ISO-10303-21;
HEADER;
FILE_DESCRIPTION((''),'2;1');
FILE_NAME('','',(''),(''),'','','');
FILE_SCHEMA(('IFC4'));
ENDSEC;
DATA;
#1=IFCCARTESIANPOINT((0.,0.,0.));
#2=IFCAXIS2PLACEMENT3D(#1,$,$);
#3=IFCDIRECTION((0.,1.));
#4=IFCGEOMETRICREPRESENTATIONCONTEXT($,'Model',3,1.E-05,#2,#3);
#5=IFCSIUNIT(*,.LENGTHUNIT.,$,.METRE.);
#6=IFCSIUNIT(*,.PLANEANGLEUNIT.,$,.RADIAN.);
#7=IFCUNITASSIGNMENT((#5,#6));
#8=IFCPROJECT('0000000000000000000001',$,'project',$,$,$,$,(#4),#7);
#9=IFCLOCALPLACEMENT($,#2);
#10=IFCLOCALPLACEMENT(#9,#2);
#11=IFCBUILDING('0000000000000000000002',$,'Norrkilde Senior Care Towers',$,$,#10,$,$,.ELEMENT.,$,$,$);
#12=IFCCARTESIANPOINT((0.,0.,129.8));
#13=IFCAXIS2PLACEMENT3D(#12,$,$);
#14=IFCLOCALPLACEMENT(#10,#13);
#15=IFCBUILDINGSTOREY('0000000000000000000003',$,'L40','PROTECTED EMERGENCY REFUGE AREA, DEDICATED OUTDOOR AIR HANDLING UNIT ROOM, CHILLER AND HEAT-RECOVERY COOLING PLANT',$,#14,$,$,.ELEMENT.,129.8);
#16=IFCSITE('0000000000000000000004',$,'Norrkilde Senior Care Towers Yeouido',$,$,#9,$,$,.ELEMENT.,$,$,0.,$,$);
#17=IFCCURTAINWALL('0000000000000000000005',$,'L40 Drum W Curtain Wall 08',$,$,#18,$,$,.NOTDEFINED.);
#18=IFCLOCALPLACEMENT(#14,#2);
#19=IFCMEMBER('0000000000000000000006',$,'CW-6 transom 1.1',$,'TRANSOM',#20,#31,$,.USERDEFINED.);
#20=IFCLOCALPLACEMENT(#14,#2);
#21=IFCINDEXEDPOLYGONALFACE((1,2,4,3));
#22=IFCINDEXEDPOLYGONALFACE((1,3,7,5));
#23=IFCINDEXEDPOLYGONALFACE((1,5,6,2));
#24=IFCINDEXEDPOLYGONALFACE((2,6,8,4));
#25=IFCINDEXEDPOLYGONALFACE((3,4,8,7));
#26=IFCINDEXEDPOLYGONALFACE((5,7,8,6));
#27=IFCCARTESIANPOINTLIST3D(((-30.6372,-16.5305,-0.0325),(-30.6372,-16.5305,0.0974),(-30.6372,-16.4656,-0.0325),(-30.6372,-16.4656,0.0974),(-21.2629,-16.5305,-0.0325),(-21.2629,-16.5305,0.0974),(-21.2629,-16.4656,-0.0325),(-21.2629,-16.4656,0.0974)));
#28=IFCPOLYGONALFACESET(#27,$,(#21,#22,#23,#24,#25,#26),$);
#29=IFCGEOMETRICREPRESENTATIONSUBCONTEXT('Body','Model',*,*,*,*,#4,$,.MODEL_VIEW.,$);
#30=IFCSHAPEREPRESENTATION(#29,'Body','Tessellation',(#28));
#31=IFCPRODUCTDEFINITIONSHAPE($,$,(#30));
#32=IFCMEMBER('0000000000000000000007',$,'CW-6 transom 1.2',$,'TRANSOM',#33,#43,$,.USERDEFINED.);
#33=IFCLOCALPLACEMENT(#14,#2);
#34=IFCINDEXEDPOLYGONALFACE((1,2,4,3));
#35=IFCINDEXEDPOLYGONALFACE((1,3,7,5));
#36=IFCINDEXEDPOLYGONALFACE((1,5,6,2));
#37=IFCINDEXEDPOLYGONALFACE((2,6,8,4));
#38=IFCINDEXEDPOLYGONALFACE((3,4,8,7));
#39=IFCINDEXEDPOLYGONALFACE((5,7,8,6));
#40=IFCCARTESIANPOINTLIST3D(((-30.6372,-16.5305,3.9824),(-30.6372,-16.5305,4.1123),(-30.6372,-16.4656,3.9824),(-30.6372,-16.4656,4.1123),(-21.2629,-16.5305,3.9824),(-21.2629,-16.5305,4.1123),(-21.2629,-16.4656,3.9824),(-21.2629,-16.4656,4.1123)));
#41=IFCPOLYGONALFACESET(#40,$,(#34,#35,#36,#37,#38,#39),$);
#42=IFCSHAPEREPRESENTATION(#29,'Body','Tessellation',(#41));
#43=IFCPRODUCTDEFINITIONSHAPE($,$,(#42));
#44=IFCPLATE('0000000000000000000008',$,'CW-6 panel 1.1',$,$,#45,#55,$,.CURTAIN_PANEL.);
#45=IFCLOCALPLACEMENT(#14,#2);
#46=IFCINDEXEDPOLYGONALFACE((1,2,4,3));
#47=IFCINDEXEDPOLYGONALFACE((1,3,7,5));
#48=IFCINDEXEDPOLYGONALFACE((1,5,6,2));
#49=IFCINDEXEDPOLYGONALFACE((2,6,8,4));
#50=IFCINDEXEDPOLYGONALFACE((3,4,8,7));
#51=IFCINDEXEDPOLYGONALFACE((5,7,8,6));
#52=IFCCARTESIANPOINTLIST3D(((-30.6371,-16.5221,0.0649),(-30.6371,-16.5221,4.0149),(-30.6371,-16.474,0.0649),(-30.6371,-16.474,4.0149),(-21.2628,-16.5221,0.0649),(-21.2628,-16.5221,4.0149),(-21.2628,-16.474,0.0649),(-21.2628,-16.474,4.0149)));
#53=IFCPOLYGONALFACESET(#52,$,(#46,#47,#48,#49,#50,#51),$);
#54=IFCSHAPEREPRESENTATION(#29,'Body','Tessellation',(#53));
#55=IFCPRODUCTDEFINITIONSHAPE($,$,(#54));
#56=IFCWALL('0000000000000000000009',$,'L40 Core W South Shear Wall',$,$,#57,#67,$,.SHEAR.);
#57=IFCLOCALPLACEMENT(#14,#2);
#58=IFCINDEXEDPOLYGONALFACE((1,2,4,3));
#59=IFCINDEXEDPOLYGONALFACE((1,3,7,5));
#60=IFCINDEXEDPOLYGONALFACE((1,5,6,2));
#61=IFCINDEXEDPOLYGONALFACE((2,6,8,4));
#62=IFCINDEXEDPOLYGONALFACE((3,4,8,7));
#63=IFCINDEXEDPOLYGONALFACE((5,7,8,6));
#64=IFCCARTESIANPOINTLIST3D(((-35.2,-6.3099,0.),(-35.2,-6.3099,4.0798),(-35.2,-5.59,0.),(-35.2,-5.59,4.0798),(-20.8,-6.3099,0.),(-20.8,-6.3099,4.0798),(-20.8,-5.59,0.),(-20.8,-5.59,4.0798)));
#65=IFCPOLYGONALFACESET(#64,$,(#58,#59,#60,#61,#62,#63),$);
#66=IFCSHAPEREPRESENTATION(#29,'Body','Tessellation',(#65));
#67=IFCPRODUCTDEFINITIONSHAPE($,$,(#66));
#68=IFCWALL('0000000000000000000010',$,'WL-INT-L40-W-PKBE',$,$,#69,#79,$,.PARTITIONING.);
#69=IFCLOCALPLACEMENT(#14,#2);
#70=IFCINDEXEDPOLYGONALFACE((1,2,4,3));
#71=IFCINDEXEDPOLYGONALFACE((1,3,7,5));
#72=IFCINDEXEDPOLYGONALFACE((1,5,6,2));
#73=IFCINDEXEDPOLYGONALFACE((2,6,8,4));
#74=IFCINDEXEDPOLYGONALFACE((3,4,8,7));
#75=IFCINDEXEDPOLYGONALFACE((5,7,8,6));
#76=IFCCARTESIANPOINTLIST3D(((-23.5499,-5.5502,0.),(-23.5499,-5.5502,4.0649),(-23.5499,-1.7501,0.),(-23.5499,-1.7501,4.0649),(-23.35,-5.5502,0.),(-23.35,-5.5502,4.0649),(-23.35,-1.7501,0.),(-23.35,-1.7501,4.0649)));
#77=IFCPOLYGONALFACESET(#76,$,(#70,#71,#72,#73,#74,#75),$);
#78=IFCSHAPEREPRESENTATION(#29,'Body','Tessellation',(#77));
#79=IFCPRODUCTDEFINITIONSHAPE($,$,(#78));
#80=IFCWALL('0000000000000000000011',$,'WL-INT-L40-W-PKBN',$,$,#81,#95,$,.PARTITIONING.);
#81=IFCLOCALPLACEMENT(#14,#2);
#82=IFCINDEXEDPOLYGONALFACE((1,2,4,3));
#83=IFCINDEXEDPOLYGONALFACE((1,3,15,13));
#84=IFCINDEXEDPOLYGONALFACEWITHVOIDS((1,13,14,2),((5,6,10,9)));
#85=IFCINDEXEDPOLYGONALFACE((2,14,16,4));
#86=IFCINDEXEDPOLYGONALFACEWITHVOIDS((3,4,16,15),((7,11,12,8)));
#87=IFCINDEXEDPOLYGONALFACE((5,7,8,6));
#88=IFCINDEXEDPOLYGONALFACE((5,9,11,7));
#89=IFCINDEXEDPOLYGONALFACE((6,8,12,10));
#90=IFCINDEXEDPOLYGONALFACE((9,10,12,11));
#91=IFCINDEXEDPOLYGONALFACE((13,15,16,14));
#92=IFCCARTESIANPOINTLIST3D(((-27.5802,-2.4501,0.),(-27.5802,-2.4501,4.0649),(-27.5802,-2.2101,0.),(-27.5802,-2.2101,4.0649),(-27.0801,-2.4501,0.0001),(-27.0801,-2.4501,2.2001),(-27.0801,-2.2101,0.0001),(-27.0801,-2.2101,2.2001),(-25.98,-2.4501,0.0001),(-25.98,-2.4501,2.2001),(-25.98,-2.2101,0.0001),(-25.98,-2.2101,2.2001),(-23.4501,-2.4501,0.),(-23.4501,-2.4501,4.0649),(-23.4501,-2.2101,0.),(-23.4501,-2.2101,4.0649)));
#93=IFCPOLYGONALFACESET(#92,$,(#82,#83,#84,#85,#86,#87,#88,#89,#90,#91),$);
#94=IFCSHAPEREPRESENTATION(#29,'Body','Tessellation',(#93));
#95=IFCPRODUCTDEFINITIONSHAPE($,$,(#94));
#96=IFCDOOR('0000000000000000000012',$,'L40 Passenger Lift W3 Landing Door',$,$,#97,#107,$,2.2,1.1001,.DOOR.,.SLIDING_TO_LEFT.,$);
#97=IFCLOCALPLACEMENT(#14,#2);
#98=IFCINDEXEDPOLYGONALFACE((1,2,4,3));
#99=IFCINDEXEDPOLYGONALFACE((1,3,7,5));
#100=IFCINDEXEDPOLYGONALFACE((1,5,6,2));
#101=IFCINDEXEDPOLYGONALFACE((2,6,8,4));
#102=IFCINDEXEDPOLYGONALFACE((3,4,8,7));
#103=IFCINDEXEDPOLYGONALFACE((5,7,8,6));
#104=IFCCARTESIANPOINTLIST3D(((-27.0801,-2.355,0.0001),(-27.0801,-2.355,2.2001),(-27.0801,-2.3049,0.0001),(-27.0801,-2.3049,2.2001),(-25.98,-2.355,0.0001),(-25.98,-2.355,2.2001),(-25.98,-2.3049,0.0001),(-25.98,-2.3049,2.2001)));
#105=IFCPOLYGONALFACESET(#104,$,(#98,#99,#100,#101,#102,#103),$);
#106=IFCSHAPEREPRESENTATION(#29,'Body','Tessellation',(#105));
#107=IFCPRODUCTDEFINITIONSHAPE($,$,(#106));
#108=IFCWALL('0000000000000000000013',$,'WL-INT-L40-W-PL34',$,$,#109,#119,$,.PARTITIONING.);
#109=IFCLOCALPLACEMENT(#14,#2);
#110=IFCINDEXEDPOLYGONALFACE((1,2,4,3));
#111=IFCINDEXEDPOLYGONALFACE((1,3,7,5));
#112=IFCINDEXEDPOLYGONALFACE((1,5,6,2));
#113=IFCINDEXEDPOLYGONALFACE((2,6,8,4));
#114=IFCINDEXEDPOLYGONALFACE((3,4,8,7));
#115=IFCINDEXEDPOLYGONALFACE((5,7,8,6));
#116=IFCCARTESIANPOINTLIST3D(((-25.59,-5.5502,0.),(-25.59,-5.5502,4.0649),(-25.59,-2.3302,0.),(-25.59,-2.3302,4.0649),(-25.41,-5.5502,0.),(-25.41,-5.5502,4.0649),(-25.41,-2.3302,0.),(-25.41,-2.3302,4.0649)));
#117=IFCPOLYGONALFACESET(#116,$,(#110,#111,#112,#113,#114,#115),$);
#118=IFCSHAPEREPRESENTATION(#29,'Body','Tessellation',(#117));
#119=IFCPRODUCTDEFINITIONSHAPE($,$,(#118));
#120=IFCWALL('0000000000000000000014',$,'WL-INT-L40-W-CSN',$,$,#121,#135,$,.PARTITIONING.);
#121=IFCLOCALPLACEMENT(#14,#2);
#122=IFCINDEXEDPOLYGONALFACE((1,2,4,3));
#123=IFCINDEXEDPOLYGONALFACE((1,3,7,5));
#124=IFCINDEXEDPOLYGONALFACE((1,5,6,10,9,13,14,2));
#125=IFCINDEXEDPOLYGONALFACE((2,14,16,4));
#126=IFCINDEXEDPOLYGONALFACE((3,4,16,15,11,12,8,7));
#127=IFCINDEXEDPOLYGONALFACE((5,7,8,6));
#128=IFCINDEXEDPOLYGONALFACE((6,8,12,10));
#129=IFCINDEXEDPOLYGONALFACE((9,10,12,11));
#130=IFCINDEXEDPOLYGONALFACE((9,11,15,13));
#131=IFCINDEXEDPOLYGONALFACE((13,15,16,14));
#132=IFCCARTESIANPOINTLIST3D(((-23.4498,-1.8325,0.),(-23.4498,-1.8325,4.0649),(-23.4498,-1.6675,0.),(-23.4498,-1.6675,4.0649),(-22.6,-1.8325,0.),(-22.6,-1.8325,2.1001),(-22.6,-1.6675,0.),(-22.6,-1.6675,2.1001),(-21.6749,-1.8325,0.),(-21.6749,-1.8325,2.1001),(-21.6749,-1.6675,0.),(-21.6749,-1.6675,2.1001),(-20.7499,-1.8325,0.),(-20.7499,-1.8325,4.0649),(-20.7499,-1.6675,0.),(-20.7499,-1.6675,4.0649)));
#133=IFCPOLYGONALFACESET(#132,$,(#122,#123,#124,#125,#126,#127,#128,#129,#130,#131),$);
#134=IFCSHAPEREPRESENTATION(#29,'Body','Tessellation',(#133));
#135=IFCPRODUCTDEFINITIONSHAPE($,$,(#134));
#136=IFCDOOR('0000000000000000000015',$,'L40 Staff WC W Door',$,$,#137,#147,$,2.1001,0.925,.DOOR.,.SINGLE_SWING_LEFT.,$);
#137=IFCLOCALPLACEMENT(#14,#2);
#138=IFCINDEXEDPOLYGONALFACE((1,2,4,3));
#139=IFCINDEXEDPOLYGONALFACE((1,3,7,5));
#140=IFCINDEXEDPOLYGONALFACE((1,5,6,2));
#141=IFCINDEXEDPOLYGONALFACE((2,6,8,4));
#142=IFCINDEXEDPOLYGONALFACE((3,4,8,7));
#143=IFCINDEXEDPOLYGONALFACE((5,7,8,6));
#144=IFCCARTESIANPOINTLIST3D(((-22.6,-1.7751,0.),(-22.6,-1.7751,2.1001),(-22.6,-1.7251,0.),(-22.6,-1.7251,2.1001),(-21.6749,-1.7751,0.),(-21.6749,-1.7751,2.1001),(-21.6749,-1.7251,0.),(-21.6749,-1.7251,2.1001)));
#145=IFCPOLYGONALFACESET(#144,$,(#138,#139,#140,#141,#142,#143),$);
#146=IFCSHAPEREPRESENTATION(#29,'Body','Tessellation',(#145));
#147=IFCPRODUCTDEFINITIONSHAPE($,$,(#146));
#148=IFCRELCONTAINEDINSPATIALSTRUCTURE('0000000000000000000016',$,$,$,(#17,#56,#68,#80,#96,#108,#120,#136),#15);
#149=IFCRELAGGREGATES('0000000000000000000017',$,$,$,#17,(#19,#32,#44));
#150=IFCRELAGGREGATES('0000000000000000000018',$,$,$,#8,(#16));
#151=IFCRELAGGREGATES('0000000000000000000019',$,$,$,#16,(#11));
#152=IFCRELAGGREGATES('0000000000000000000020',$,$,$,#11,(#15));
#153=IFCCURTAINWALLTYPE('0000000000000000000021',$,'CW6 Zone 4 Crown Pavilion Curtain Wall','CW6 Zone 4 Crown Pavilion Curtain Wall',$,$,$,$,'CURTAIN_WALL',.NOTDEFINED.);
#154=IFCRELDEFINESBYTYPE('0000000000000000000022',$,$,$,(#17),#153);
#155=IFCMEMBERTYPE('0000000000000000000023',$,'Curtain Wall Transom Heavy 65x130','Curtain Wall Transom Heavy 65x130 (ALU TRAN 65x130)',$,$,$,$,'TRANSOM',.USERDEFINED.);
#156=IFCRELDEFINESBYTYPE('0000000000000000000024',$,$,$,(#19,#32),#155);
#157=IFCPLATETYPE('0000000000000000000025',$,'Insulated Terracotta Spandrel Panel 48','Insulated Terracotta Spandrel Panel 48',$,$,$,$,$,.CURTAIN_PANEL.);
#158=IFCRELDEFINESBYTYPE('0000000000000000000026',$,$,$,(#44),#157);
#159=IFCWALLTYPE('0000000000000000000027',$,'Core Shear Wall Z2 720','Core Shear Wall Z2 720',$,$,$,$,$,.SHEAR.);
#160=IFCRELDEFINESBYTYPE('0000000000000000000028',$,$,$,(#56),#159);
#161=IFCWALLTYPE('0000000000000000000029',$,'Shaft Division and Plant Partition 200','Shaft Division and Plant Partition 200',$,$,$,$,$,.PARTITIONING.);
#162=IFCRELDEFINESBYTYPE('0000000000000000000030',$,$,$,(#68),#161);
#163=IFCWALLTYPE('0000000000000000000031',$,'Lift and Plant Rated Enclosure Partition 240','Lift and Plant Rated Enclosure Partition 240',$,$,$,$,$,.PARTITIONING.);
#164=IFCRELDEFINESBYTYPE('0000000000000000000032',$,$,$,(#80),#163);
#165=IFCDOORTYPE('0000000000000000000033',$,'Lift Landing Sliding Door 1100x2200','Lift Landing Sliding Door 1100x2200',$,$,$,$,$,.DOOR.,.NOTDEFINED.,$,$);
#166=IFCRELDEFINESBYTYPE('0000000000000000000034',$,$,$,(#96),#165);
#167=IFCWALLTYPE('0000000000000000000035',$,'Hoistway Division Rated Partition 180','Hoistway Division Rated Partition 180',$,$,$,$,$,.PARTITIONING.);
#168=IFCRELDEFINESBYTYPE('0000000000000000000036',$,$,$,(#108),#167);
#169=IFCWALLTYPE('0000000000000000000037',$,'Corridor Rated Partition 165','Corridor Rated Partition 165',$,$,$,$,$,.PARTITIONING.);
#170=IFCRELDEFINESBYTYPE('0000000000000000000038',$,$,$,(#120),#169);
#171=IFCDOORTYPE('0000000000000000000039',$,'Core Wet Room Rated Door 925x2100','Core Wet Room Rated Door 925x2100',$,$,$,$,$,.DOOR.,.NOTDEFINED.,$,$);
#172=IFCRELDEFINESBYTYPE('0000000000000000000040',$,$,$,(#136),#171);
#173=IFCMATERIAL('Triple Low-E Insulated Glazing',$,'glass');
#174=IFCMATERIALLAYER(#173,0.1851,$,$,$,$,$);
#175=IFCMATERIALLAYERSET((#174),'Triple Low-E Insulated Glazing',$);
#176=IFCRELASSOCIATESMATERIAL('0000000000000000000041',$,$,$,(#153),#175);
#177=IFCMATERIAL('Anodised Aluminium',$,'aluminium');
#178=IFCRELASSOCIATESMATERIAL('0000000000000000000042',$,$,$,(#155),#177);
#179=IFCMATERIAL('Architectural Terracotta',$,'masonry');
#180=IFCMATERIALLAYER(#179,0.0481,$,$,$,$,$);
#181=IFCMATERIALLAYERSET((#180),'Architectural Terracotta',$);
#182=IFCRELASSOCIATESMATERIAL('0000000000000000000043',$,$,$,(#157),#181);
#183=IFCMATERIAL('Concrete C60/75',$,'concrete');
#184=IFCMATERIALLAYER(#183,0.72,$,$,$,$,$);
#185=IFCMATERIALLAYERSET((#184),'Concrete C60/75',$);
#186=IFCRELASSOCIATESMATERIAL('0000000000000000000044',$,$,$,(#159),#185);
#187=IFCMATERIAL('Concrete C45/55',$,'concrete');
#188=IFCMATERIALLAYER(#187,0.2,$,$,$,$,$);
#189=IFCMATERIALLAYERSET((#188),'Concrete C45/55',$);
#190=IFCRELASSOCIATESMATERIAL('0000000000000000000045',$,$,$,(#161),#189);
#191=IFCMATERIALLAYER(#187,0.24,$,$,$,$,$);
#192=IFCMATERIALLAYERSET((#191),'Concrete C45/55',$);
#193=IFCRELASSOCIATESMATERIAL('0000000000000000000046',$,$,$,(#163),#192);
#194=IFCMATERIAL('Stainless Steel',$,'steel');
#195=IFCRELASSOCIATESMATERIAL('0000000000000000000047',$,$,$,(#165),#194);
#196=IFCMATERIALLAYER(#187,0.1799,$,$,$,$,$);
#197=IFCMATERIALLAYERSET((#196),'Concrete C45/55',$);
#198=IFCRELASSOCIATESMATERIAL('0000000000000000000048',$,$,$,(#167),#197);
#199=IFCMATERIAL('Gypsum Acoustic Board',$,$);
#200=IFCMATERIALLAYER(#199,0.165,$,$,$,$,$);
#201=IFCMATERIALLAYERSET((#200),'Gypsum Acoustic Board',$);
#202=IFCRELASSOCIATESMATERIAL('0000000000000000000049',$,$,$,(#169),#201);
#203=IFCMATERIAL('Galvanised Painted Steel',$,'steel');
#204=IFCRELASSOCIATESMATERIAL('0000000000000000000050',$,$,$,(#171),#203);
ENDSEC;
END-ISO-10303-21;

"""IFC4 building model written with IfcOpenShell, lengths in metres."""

from ifc_helpers import new_model, si_unit, direction, frame, frame_2d, origin, origin_2d, place, context, subcontext, project, spatial, rectangle, extrude, source, transform, mapped, material, layer, layer_set, material_profile, profile_set, type_object, type_shapes, element, fill, aggregate, save


model = new_model("IFC4")

# Units and contexts
model_context = context("Model", 3, precision=1e-05, world=origin(), true_north=direction((0.0, 1.0)))
body_context = subcontext(model_context, "Body", "Model", "MODEL_VIEW")
ifc_project = project(units=[si_unit("LENGTHUNIT", "METRE"), si_unit("PLANEANGLEUNIT", "RADIAN")], contexts=[model_context])

# Site, building, storey
site_placement = place(None, origin())
site = spatial("IfcSite", under=ifc_project, at=site_placement, Name="Norrkilde Senior Care Towers Yeouido", CompositionType="ELEMENT", RefElevation=0.0)
building_placement = place(site_placement, origin())
building = spatial("IfcBuilding", under=site, at=building_placement, Name="Norrkilde Senior Care Towers", CompositionType="ELEMENT")
storey_placement = place(building_placement, frame((0.0, 0.0, 129.8)))
storey = spatial("IfcBuildingStorey", under=building, at=storey_placement, Name="L40", Description="PROTECTED EMERGENCY REFUGE AREA, DEDICATED OUTDOOR AIR HANDLING UNIT ROOM, CHILLER AND HEAT-RECOVERY COOLING PLANT", CompositionType="ELEMENT", Elevation=129.8)

# Shared definitions
ifc_material_1 = material(Name="Concrete C60/75", Category="concrete")

# Curtain wall
ifc_material_2 = material(Name="Triple Low-E Insulated Glazing", Category="glass")
ifc_layer_1 = layer(ifc_material_2, 0.1851)
ifc_layer_set_1 = layer_set([ifc_layer_1], Name="Triple Low-E Insulated Glazing")
curtain_wall_type = type_object("IfcCurtainWallType", Name="CW6 Zone 4 Crown Pavilion Curtain Wall", Description="CW6 Zone 4 Crown Pavilion Curtain Wall", ElementType="CURTAIN_WALL", PredefinedType="NOTDEFINED", material=ifc_layer_set_1)
curtain_wall_1_placement = place(storey_placement, origin())
curtain_wall_1 = element("IfcCurtainWall", 1, at=curtain_wall_1_placement, inside=storey, type_object=curtain_wall_type, Name="L40 Drum W Curtain Wall 08", PredefinedType="NOTDEFINED")
ifc_material_3 = material(Name="Anodised Aluminium", Category="aluminium")

# Members
ifc_material_profile_1 = material_profile(ifc_material_3, rectangle(XDim=0.0649, YDim=0.1299, at=origin_2d()), Name="ALU TRAN 65x130")
ifc_profile_set_1 = profile_set([ifc_material_profile_1], Name="Anodised Aluminium")
member_type_1 = type_object("IfcMemberType", Name="Curtain Wall Transom Heavy 65x130", Description="Curtain Wall Transom Heavy 65x130 (ALU TRAN 65x130)", ElementType="TRANSOM", PredefinedType="USERDEFINED", material=ifc_profile_set_1)
shared_shape_1 = source(origin(), body_context, "Body", "SweptSolid", [
    extrude(rectangle(XDim=0.0649, YDim=0.1299, at=origin_2d()), origin(), (0.0, 0.0, 1.0), 9.3743),
])
type_shapes(member_type_1, [shared_shape_1])
member_1_placement = place(storey_placement, frame((-21.2629, -16.498, 0.0325), z_axis=(-1.0, 0.0, 0.0), x_axis=(0.0, -1.0, 0.0)))
member_1 = element("IfcMember", 2, at=member_1_placement, type_object=member_type_1, Name="CW-6 transom 1.1", ObjectType="TRANSOM", PredefinedType="USERDEFINED", context=body_context, shape_type="MappedRepresentation", body=[
    mapped(shared_shape_1, transform((0.0, 0.0, 0.0), x_axis=(1.0, 0.0, 0.0), y_axis=(0.0, 1.0, 0.0), z_axis=(0.0, 0.0, 1.0), scale=1.0)),
])
member_2_placement = place(storey_placement, frame((-21.2629, -16.498, 4.0474), z_axis=(-1.0, 0.0, 0.0), x_axis=(0.0, -1.0, 0.0)))
member_2 = element("IfcMember", 3, at=member_2_placement, type_object=member_type_1, Name="CW-6 transom 1.2", ObjectType="TRANSOM", PredefinedType="USERDEFINED", context=body_context, shape_type="MappedRepresentation", body=[
    mapped(shared_shape_1, transform((0.0, 0.0, 0.0), x_axis=(1.0, 0.0, 0.0), y_axis=(0.0, 1.0, 0.0), z_axis=(0.0, 0.0, 1.0), scale=1.0)),
])

# Plate
ifc_material_4 = material(Name="Architectural Terracotta", Category="masonry")
ifc_layer_2 = layer(ifc_material_4, 0.0481)
ifc_layer_set_2 = layer_set([ifc_layer_2], Name="Architectural Terracotta")
plate_type = type_object("IfcPlateType", Name="Insulated Terracotta Spandrel Panel 48", Description="Insulated Terracotta Spandrel Panel 48", PredefinedType="CURTAIN_PANEL", material=ifc_layer_set_2)
shared_shape_2 = source(origin(), body_context, "Body", "SweptSolid", [
    extrude(rectangle(XDim=9.3743, YDim=0.0481, at=origin_2d()), origin(), (0.0, 0.0, 1.0), 3.95),
])
type_shapes(plate_type, [shared_shape_2])
plate_placement = place(storey_placement, frame((-25.95, -16.498, 0.0649), z_axis=(0.0, 0.0, 1.0), x_axis=(-1.0, 0.0, 0.0)))
plate = element("IfcPlate", 4, at=plate_placement, type_object=plate_type, Name="CW-6 panel 1.1", PredefinedType="CURTAIN_PANEL", context=body_context, shape_type="MappedRepresentation", body=[
    mapped(shared_shape_2, transform((0.0, 0.0, 0.0), x_axis=(1.0, 0.0, 0.0), y_axis=(0.0, 1.0, 0.0), z_axis=(0.0, 0.0, 1.0), scale=1.0)),
])
aggregate(curtain_wall_1, [member_1, member_2, plate])

# Walls
ifc_layer_3 = layer(ifc_material_1, 0.72)
ifc_layer_set_3 = layer_set([ifc_layer_3], Name="Concrete C60/75")
wall_type_1 = type_object("IfcWallType", Name="Core Shear Wall Z2 720", Description="Core Shear Wall Z2 720", PredefinedType="SHEAR", material=ifc_layer_set_3)
shared_shape_3 = source(origin(), body_context, "Body", "SweptSolid", [
    extrude(rectangle(XDim=14.3999, YDim=0.72, at=frame_2d((7.2, 0.0))), origin(), (0.0, 0.0, 1.0), 4.0798),
])
type_shapes(wall_type_1, [shared_shape_3])
wall_1_placement = place(storey_placement, frame((-20.8, -5.95, 0.0), z_axis=(0.0, 0.0, 1.0), x_axis=(-1.0, 0.0, 0.0)))
element("IfcWall", 5, at=wall_1_placement, inside=storey, type_object=wall_type_1, Name="L40 Core W South Shear Wall", PredefinedType="SHEAR", context=body_context, shape_type="MappedRepresentation", body=[
    mapped(shared_shape_3, transform((0.0, 0.0, 0.0), x_axis=(1.0, 0.0, 0.0), y_axis=(0.0, 1.0, 0.0), z_axis=(0.0, 0.0, 1.0), scale=1.0)),
])
ifc_material_5 = material(Name="Concrete C45/55", Category="concrete")
ifc_layer_4 = layer(ifc_material_5, 0.2)
ifc_layer_set_4 = layer_set([ifc_layer_4], Name="Concrete C45/55")
wall_type_2 = type_object("IfcWallType", Name="Shaft Division and Plant Partition 200", Description="Shaft Division and Plant Partition 200", PredefinedType="PARTITIONING", material=ifc_layer_set_4)
shared_shape_4 = source(origin(), body_context, "Body", "SweptSolid", [
    extrude(rectangle(XDim=3.8, YDim=0.2, at=frame_2d((1.8999, 0.0))), origin(), (0.0, 0.0, 1.0), 4.0649),
])
wall_2_placement = place(storey_placement, frame((-23.45, -5.55, 0.0), z_axis=(0.0, 0.0, 1.0), x_axis=(0.0, 1.0, 0.0)))
element("IfcWall", 6, at=wall_2_placement, inside=storey, type_object=wall_type_2, Name="WL-INT-L40-W-PKBE", PredefinedType="PARTITIONING", context=body_context, shape_type="MappedRepresentation", body=[
    mapped(shared_shape_4, transform((0.0, 0.0, 0.0), x_axis=(1.0, 0.0, 0.0), y_axis=(0.0, 1.0, 0.0), z_axis=(0.0, 0.0, 1.0), scale=1.0)),
])

# Wall, opening, door
ifc_layer_5 = layer(ifc_material_5, 0.24)
ifc_layer_set_5 = layer_set([ifc_layer_5], Name="Concrete C45/55")
wall_type_3 = type_object("IfcWallType", Name="Lift and Plant Rated Enclosure Partition 240", Description="Lift and Plant Rated Enclosure Partition 240", PredefinedType="PARTITIONING", material=ifc_layer_set_5)
shared_shape_5 = source(origin(), body_context, "Body", "SweptSolid", [
    extrude(rectangle(XDim=4.1301, YDim=0.24, at=frame_2d((2.0649, 0.0))), origin(), (0.0, 0.0, 1.0), 4.0649),
])
type_shapes(wall_type_3, [shared_shape_5])
wall_3_placement = place(storey_placement, frame((-27.5801, -2.3301, 0.0), z_axis=(0.0, 0.0, 1.0), x_axis=(1.0, 0.0, 0.0)))
wall_3 = element("IfcWall", 7, at=wall_3_placement, inside=storey, type_object=wall_type_3, Name="WL-INT-L40-W-PKBN", PredefinedType="PARTITIONING", context=body_context, shape_type="MappedRepresentation", body=[
    mapped(shared_shape_5, transform((0.0, 0.0, 0.0), x_axis=(1.0, 0.0, 0.0), y_axis=(0.0, 1.0, 0.0), z_axis=(0.0, 0.0, 1.0), scale=1.0)),
])
opening_1_placement = place(wall_3_placement, frame((0.5, 0.0, 0.0)))
opening_1 = element("IfcOpeningElement", 8, at=opening_1_placement, cuts=wall_3, PredefinedType="OPENING", context=body_context, shape_type="SweptSolid", body=[
    extrude(rectangle(XDim=1.1001, YDim=2.2, at=frame_2d((0.55, 1.1001))), frame((0.0, 0.1299, 0.0), z_axis=(0.0, -1.0, 0.0), x_axis=(1.0, 0.0, 0.0)), (0.0, 0.0, 1.0), 0.26),
])
ifc_material_6 = material(Name="Stainless Steel", Category="steel")
door_type_1 = type_object("IfcDoorType", Name="Lift Landing Sliding Door 1100x2200", Description="Lift Landing Sliding Door 1100x2200", OperationType="NOTDEFINED", PredefinedType="DOOR", material=ifc_material_6)
shared_shape_6 = source(origin(), body_context, "Body", "SweptSolid", [
    extrude(rectangle(XDim=1.1001, YDim=2.2, at=frame_2d((0.55, 1.1001))), frame((0.0, 0.0249, 0.0), z_axis=(0.0, -1.0, 0.0), x_axis=(1.0, 0.0, 0.0)), (0.0, 0.0, 1.0), 0.05),
])
type_shapes(door_type_1, [shared_shape_6])
door_1_placement = place(opening_1_placement, frame((1.1001, 0.0, 0.0), z_axis=(0.0, 0.0, 1.0), x_axis=(-1.0, 0.0, 0.0)))
door_1 = element("IfcDoor", 9, at=door_1_placement, inside=storey, type_object=door_type_1, Name="L40 Passenger Lift W3 Landing Door", OperationType="SLIDING_TO_LEFT", OverallHeight=2.2, OverallWidth=1.1001, PredefinedType="DOOR", context=body_context, shape_type="MappedRepresentation", body=[
    mapped(shared_shape_6, transform((0.0, 0.0, 0.0), x_axis=(1.0, 0.0, 0.0), y_axis=(0.0, 1.0, 0.0), z_axis=(0.0, 0.0, 1.0), scale=1.0)),
])
fill(opening_1, door_1)

# Wall
ifc_layer_6 = layer(ifc_material_5, 0.1799)
ifc_layer_set_6 = layer_set([ifc_layer_6], Name="Concrete C45/55")
wall_type_4 = type_object("IfcWallType", Name="Hoistway Division Rated Partition 180", Description="Hoistway Division Rated Partition 180", PredefinedType="PARTITIONING", material=ifc_layer_set_6)
shared_shape_7 = source(origin(), body_context, "Body", "SweptSolid", [
    extrude(rectangle(XDim=3.22, YDim=0.1799, at=frame_2d((1.6099, 0.0))), origin(), (0.0, 0.0, 1.0), 4.0649),
])
type_shapes(wall_type_4, [shared_shape_7])
wall_4_placement = place(storey_placement, frame((-25.5, -5.55, 0.0), z_axis=(0.0, 0.0, 1.0), x_axis=(0.0, 1.0, 0.0)))
element("IfcWall", 10, at=wall_4_placement, inside=storey, type_object=wall_type_4, Name="WL-INT-L40-W-PL34", PredefinedType="PARTITIONING", context=body_context, shape_type="MappedRepresentation", body=[
    mapped(shared_shape_7, transform((0.0, 0.0, 0.0), x_axis=(1.0, 0.0, 0.0), y_axis=(0.0, 1.0, 0.0), z_axis=(0.0, 0.0, 1.0), scale=1.0)),
])

# Wall, opening, door
ifc_material_7 = material(Name="Gypsum Acoustic Board")
ifc_layer_7 = layer(ifc_material_7, 0.165)
ifc_layer_set_7 = layer_set([ifc_layer_7], Name="Gypsum Acoustic Board")
wall_type_5 = type_object("IfcWallType", Name="Corridor Rated Partition 165", Description="Corridor Rated Partition 165", PredefinedType="PARTITIONING", material=ifc_layer_set_7)
shared_shape_8 = source(origin(), body_context, "Body", "SweptSolid", [
    extrude(rectangle(XDim=2.7, YDim=0.165, at=frame_2d((1.3501, 0.0))), origin(), (0.0, 0.0, 1.0), 4.0649),
])
type_shapes(wall_type_5, [shared_shape_8])
wall_5_placement = place(storey_placement, frame((-23.45, -1.75, 0.0), z_axis=(0.0, 0.0, 1.0), x_axis=(1.0, 0.0, 0.0)))
wall_5 = element("IfcWall", 11, at=wall_5_placement, inside=storey, type_object=wall_type_5, Name="WL-INT-L40-W-CSN", PredefinedType="PARTITIONING", context=body_context, shape_type="MappedRepresentation", body=[
    mapped(shared_shape_8, transform((0.0, 0.0, 0.0), x_axis=(1.0, 0.0, 0.0), y_axis=(0.0, 1.0, 0.0), z_axis=(0.0, 0.0, 1.0), scale=1.0)),
])
opening_2_placement = place(wall_5_placement, frame((0.8501, 0.0, 0.0)))
opening_2 = element("IfcOpeningElement", 12, at=opening_2_placement, cuts=wall_5, PredefinedType="OPENING", context=body_context, shape_type="SweptSolid", body=[
    extrude(rectangle(XDim=0.925, YDim=2.1001, at=frame_2d((0.4624, 1.05))), frame((0.0, 0.0925, 0.0), z_axis=(0.0, -1.0, 0.0), x_axis=(1.0, 0.0, 0.0)), (0.0, 0.0, 1.0), 0.1851),
])
ifc_material_8 = material(Name="Galvanised Painted Steel", Category="steel")
door_type_2 = type_object("IfcDoorType", Name="Core Wet Room Rated Door 925x2100", Description="Core Wet Room Rated Door 925x2100", OperationType="NOTDEFINED", PredefinedType="DOOR", material=ifc_material_8)
shared_shape_9 = source(origin(), body_context, "Body", "SweptSolid", [
    extrude(rectangle(XDim=0.925, YDim=2.1001, at=frame_2d((0.4624, 1.05))), frame((0.0, 0.0249, 0.0), z_axis=(0.0, -1.0, 0.0), x_axis=(1.0, 0.0, 0.0)), (0.0, 0.0, 1.0), 0.05),
])
type_shapes(door_type_2, [shared_shape_9])
door_2_placement = place(opening_2_placement, origin())
door_2 = element("IfcDoor", 13, at=door_2_placement, inside=storey, type_object=door_type_2, Name="L40 Staff WC W Door", OperationType="SINGLE_SWING_LEFT", OverallHeight=2.1001, OverallWidth=0.925, PredefinedType="DOOR", context=body_context, shape_type="MappedRepresentation", body=[
    mapped(shared_shape_9, transform((0.0, 0.0, 0.0), x_axis=(1.0, 0.0, 0.0), y_axis=(0.0, 1.0, 0.0), z_axis=(0.0, 0.0, 1.0), scale=1.0)),
])
fill(opening_2, door_2)

save(model, "model.ifc")
